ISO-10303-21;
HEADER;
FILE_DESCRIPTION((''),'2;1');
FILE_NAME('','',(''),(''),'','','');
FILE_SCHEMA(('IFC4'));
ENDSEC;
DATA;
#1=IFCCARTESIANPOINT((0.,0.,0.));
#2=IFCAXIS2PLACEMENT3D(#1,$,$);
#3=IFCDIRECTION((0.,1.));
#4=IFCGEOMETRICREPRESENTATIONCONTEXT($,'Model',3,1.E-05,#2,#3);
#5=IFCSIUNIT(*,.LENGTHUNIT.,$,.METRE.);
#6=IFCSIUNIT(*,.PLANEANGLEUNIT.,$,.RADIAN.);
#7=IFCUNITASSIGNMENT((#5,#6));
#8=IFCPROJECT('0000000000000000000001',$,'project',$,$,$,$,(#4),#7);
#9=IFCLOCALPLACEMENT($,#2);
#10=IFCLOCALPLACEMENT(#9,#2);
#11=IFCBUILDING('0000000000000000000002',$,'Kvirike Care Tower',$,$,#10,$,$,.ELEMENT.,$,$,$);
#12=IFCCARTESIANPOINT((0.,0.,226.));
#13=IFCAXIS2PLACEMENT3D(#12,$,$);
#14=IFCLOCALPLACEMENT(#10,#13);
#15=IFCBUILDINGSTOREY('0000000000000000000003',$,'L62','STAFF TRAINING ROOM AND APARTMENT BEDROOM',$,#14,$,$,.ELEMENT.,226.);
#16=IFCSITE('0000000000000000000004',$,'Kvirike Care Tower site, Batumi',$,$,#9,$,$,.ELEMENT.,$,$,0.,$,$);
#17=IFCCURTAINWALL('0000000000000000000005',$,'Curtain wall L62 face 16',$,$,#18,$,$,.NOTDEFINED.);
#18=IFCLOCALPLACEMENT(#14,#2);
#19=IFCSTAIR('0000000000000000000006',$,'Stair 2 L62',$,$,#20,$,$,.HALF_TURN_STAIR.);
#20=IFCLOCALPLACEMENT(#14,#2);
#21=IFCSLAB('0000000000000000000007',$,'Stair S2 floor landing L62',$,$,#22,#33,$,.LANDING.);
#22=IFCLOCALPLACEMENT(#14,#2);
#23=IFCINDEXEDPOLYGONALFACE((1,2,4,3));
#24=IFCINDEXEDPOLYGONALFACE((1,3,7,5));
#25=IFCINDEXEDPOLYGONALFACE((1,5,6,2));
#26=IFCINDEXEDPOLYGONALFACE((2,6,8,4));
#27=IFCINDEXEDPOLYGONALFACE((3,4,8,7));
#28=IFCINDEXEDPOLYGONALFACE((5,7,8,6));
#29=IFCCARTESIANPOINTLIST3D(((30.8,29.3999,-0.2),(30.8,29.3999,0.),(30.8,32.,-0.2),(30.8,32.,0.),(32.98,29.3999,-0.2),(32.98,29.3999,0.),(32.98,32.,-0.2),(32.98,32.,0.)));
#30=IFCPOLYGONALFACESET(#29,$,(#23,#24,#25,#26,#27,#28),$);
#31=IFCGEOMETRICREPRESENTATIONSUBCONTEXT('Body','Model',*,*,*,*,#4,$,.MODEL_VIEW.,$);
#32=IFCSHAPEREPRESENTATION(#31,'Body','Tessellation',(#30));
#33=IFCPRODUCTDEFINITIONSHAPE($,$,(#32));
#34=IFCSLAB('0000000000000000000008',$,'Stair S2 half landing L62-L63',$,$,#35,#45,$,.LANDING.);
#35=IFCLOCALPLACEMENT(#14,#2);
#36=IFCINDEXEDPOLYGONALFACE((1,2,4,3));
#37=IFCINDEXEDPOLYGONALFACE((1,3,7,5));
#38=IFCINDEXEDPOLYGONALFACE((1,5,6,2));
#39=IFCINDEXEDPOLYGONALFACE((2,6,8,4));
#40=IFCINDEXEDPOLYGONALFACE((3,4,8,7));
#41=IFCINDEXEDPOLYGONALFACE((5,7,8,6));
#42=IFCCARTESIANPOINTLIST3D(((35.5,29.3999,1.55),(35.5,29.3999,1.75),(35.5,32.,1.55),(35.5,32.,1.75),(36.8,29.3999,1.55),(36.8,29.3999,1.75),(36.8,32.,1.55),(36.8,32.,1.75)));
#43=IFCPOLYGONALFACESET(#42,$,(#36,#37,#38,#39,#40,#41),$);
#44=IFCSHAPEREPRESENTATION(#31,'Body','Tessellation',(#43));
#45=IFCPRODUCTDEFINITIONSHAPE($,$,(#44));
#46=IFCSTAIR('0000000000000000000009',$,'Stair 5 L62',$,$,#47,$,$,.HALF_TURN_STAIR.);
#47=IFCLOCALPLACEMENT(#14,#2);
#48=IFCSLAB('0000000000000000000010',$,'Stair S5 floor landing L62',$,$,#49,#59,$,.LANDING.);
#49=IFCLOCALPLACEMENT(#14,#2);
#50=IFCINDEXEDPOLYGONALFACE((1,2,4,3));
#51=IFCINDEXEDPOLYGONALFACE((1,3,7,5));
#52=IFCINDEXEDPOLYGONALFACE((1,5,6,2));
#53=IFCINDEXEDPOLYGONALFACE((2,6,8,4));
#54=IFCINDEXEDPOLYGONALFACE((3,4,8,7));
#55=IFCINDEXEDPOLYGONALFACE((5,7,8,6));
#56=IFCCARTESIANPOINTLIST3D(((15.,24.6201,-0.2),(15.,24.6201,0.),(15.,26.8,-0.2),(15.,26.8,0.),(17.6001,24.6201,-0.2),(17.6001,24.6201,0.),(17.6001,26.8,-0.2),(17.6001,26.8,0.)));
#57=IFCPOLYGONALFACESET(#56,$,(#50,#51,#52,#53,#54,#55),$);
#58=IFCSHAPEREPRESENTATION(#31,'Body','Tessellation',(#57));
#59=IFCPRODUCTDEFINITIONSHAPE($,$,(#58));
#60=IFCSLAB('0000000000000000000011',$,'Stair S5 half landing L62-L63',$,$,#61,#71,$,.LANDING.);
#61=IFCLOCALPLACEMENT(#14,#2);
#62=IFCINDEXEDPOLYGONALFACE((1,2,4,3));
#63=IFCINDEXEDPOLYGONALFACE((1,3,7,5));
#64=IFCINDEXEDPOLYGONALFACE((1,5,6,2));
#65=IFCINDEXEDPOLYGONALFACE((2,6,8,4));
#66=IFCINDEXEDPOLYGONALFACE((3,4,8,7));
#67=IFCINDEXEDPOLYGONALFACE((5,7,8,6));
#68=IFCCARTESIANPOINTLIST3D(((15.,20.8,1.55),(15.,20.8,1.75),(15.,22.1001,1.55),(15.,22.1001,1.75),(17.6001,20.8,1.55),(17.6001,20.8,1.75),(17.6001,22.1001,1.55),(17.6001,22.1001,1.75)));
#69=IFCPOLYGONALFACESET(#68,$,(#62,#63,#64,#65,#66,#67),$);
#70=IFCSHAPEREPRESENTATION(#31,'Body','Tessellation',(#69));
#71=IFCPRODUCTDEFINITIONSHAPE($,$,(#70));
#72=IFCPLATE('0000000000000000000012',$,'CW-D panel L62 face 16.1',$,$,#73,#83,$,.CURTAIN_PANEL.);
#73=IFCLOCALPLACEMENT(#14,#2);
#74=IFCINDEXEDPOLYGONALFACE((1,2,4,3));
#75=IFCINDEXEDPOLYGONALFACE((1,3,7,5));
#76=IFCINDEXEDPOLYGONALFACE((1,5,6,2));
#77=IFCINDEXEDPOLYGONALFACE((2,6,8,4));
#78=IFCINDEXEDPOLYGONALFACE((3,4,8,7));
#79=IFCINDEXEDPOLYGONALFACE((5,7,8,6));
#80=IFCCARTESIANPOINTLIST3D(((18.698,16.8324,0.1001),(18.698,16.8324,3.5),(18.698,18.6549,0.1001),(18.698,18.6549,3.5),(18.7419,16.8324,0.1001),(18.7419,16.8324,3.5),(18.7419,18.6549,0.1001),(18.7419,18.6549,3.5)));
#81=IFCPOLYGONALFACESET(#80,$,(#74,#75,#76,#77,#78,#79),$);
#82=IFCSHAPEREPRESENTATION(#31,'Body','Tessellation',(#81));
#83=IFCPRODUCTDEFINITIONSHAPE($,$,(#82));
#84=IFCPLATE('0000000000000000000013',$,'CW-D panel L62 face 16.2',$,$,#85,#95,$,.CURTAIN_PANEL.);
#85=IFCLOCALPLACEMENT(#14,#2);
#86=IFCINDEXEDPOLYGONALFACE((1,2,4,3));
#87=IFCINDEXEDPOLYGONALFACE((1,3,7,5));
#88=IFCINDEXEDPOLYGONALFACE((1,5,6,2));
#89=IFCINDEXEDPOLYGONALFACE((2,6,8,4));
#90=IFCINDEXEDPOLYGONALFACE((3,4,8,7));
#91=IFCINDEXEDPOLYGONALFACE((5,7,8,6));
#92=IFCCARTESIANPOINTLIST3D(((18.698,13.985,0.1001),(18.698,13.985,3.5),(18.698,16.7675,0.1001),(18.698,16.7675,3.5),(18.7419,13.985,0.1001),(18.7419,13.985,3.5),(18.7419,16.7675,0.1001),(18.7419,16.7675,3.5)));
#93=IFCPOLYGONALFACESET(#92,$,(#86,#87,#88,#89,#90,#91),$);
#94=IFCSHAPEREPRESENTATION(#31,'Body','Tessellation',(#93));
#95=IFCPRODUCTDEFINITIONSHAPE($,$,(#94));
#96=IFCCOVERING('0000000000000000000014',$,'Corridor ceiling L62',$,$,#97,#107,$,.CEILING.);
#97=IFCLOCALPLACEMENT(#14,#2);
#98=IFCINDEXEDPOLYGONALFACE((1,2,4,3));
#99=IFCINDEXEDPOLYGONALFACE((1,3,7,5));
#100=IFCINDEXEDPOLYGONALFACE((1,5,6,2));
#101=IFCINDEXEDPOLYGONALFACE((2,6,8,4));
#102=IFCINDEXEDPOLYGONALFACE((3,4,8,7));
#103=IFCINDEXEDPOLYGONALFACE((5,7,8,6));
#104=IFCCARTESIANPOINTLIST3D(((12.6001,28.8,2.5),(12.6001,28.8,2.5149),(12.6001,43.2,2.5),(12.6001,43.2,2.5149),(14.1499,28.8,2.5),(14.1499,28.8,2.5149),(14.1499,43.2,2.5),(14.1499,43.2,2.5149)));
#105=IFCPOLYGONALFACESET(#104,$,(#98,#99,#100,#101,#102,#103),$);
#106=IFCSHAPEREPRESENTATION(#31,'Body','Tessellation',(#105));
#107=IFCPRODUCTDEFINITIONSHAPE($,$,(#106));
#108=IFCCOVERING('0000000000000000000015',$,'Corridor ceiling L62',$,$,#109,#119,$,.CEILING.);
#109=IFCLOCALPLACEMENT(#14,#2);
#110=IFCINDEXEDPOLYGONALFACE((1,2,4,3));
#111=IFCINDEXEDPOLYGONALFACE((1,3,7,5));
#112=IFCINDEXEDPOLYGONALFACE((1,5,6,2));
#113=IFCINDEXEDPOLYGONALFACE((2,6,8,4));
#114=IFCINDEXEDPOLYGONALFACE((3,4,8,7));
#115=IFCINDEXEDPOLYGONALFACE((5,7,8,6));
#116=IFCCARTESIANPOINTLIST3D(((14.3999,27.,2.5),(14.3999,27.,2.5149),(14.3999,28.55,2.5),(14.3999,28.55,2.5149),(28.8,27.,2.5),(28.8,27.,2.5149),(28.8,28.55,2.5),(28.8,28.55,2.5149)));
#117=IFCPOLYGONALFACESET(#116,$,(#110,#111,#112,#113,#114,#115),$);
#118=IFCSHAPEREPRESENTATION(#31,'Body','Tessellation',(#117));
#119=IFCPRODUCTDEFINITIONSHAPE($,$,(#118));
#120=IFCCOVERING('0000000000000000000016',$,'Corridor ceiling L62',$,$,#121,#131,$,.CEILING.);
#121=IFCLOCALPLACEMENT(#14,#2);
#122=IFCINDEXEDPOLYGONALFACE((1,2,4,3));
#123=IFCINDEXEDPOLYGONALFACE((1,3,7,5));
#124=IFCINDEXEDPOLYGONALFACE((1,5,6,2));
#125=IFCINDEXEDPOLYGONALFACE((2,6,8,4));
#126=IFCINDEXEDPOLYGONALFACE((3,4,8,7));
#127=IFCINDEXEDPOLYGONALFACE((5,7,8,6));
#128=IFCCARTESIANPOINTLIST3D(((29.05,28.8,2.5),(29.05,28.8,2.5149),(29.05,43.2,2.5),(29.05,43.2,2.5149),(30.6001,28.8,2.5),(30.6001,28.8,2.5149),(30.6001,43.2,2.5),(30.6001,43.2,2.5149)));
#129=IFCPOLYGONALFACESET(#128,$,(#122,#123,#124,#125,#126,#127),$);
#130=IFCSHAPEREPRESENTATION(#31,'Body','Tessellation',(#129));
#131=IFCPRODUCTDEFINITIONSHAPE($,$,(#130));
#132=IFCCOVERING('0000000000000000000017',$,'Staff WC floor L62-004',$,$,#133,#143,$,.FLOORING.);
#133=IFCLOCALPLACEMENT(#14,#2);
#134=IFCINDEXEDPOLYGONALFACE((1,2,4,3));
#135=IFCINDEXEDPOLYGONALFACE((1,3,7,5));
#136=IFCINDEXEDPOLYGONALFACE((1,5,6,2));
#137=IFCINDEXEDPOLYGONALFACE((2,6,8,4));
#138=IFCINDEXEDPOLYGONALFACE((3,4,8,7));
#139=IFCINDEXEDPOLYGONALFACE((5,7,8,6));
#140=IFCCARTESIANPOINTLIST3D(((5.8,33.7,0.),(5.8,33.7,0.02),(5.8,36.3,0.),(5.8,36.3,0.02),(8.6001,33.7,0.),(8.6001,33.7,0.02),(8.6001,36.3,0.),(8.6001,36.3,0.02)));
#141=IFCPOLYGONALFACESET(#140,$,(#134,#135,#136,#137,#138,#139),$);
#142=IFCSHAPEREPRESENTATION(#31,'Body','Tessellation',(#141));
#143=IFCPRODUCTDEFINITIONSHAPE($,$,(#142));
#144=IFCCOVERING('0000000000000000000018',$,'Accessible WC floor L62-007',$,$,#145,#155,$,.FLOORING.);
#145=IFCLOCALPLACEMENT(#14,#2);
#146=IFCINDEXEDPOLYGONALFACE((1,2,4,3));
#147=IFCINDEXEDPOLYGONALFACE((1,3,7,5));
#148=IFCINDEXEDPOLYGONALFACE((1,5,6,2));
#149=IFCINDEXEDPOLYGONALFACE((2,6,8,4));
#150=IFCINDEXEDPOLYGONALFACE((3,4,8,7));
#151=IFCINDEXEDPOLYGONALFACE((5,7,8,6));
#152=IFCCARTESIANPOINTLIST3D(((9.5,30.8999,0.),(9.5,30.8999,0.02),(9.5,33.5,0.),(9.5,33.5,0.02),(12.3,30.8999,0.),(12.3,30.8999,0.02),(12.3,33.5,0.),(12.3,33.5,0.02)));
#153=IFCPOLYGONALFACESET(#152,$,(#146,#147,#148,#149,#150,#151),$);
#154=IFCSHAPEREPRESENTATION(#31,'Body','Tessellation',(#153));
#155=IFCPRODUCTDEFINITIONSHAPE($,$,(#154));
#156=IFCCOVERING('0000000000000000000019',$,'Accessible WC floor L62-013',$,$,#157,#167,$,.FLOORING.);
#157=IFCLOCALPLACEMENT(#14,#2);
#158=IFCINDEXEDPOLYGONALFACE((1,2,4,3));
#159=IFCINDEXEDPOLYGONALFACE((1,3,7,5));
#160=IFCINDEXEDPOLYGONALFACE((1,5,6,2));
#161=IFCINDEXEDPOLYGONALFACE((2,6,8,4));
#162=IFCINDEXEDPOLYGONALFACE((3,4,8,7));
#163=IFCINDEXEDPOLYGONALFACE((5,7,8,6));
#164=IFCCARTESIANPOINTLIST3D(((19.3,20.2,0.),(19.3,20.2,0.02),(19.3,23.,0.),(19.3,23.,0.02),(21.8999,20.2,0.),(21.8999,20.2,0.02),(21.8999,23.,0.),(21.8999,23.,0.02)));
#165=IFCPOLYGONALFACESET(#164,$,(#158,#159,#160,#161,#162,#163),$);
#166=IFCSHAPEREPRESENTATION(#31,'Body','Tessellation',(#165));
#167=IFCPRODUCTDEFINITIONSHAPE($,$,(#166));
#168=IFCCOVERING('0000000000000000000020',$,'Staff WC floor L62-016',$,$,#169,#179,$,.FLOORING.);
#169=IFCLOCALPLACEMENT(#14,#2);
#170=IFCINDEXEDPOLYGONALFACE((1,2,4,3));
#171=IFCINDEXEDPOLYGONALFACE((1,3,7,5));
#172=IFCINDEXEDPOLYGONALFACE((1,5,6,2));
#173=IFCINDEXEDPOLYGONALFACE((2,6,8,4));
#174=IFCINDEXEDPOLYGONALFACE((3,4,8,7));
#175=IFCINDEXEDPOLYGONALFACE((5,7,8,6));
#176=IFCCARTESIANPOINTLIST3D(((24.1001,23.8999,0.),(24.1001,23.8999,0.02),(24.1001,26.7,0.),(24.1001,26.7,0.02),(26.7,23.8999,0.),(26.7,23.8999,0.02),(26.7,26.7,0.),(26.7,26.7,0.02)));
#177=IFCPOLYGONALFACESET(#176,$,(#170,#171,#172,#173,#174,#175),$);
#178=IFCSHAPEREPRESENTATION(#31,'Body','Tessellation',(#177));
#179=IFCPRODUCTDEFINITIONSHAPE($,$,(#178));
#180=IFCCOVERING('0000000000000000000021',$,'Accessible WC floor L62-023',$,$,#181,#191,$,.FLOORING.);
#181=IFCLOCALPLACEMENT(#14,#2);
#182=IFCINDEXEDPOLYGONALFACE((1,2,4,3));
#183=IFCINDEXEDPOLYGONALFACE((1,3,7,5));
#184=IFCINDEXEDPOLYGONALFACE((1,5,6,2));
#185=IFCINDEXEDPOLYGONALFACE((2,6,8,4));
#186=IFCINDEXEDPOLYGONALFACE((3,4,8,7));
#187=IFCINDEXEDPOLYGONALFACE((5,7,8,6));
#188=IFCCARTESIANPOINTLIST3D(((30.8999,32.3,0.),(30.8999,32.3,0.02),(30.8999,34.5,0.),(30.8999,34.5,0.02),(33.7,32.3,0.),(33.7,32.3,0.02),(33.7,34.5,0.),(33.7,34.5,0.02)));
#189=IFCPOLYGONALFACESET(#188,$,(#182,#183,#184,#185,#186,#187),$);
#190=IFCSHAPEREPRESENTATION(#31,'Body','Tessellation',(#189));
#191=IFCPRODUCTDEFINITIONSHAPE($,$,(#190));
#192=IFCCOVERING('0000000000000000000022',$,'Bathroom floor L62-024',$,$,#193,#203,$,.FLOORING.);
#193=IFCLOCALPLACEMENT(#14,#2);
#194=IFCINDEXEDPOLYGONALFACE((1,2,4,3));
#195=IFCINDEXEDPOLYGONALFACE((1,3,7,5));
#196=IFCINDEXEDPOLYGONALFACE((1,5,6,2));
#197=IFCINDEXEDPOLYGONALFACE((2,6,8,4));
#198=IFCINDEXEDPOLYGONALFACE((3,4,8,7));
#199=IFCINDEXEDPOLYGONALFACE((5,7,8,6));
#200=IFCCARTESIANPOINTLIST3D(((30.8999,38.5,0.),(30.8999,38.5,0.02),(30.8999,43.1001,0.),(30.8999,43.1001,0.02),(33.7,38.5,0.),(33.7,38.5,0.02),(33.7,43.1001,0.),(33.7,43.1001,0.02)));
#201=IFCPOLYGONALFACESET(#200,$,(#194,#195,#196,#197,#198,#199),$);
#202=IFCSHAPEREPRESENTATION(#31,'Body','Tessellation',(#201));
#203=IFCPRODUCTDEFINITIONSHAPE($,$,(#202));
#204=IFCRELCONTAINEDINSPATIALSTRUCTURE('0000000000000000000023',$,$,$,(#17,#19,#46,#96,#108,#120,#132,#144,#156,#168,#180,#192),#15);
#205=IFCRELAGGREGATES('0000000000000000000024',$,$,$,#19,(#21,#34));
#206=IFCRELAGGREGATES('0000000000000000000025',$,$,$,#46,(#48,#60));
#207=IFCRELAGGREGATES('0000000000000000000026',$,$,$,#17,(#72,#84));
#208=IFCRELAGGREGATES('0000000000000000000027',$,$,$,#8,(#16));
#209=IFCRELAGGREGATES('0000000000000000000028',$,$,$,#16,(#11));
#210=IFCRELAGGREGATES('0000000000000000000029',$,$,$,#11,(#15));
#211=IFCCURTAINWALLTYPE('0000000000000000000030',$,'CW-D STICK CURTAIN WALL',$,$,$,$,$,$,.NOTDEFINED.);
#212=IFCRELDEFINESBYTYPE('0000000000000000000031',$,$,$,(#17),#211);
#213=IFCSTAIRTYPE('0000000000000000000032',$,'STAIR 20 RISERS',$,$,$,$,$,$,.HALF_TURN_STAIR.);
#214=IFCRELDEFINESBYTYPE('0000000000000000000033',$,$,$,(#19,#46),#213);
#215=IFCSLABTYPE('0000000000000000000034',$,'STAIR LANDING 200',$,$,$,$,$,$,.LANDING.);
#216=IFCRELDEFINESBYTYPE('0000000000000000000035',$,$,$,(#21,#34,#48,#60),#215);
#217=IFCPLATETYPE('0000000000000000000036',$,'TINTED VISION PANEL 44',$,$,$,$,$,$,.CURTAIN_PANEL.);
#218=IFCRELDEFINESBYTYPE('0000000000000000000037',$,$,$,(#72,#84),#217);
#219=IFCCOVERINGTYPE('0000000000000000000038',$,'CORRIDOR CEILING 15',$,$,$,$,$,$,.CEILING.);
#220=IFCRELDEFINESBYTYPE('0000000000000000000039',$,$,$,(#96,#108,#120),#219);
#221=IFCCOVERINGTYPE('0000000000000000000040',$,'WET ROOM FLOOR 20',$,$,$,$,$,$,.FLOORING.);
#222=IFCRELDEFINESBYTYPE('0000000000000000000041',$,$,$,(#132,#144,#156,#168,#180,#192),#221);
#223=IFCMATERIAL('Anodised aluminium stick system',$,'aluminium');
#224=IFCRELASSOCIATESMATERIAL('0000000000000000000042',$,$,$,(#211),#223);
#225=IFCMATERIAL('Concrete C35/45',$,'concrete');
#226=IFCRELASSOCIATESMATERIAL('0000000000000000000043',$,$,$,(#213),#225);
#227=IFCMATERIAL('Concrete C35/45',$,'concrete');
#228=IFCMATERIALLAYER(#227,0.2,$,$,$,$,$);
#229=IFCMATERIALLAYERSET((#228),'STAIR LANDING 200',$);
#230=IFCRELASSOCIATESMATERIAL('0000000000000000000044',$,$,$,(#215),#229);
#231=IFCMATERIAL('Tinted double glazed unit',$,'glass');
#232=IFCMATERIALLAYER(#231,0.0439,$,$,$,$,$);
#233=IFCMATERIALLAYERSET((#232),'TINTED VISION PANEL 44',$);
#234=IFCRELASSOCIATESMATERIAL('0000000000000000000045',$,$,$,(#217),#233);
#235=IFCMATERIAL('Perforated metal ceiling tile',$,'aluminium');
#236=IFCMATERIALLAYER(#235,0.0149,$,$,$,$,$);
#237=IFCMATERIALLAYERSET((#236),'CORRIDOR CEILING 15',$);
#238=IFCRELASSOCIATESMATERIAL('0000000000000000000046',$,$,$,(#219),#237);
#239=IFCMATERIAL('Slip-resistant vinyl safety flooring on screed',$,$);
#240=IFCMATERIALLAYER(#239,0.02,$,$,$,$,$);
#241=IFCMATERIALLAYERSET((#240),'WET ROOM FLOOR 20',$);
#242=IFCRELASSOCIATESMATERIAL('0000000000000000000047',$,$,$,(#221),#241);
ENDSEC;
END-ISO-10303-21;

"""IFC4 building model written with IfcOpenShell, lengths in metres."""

from ifc_helpers import new_model, si_unit, direction, frame, origin, origin_2d, place, context, subcontext, project, spatial, polyline, rectangle, outline, extrude, material, layer, layer_set, type_object, element, aggregate, save


model = new_model("IFC4")

# Units and contexts
model_context = context("Model", 3, precision=1e-05, world=origin(), true_north=direction((0.0, 1.0)))
body_context = subcontext(model_context, "Body", "Model", "MODEL_VIEW")
ifc_project = project(units=[si_unit("LENGTHUNIT", "METRE"), si_unit("PLANEANGLEUNIT", "RADIAN")], contexts=[model_context])

# Site, building, storey
site_placement = place(None, origin())
site = spatial("IfcSite", under=ifc_project, at=site_placement, Name="Kvirike Care Tower site, Batumi", CompositionType="ELEMENT", RefElevation=0.0)
building_placement = place(site_placement, origin())
building = spatial("IfcBuilding", under=site, at=building_placement, Name="Kvirike Care Tower", CompositionType="ELEMENT")
storey_placement = place(building_placement, frame((0.0, 0.0, 226.0)))
storey = spatial("IfcBuildingStorey", under=building, at=storey_placement, Name="L62", Description="STAFF TRAINING ROOM AND APARTMENT BEDROOM", CompositionType="ELEMENT", Elevation=226.0)

# Shared definitions
ifc_material_1 = material(Name="Anodised aluminium stick system", Category="aluminium")
curtain_wall_type = type_object("IfcCurtainWallType", Name="CW-D STICK CURTAIN WALL", PredefinedType="NOTDEFINED", material=ifc_material_1)

# Curtain wall
curtain_wall_1_placement = place(storey_placement, origin())
curtain_wall_1 = element("IfcCurtainWall", 1, at=curtain_wall_1_placement, inside=storey, type_object=curtain_wall_type, Name="Curtain wall L62 face 16", PredefinedType="NOTDEFINED")

# Stairs, slabs
ifc_material_2 = material(Name="Concrete C35/45", Category="concrete")
stair_type = type_object("IfcStairType", Name="STAIR 20 RISERS", PredefinedType="HALF_TURN_STAIR", material=ifc_material_2)
ifc_material_3 = material(Name="Concrete C35/45", Category="concrete")
ifc_layer_1 = layer(ifc_material_3, 0.2)
ifc_layer_set_1 = layer_set([ifc_layer_1], Name="STAIR LANDING 200")
slab_type_1 = type_object("IfcSlabType", Name="STAIR LANDING 200", PredefinedType="LANDING", material=ifc_layer_set_1)
stair_1_placement = place(storey_placement, origin())
stair_1 = element("IfcStair", 2, at=stair_1_placement, inside=storey, type_object=stair_type, Name="Stair 2 L62", PredefinedType="HALF_TURN_STAIR")
slab_1_placement = place(storey_placement, frame((0.0, 0.0, -0.2)))
slab_1 = element("IfcSlab", 3, at=slab_1_placement, type_object=slab_type_1, Name="Stair S2 floor landing L62", PredefinedType="LANDING", context=body_context, shape_type="SweptSolid", body=[
    extrude(outline(polyline([(32.98, 29.3999), (32.98, 32.0), (30.8, 32.0), (30.8, 29.3999), (32.98, 29.3999)])), origin(), (0.0, 0.0, 1.0), 0.2),
])
slab_2_placement = place(storey_placement, frame((0.0, 0.0, 1.55)))
slab_2 = element("IfcSlab", 4, at=slab_2_placement, type_object=slab_type_1, Name="Stair S2 half landing L62-L63", PredefinedType="LANDING", context=body_context, shape_type="SweptSolid", body=[
    extrude(outline(polyline([(36.8, 29.3999), (36.8, 32.0), (35.5, 32.0), (35.5, 29.3999), (36.8, 29.3999)])), origin(), (0.0, 0.0, 1.0), 0.2),
])
aggregate(stair_1, [slab_1, slab_2])
stair_2_placement = place(storey_placement, origin())
stair_2 = element("IfcStair", 5, at=stair_2_placement, inside=storey, type_object=stair_type, Name="Stair 5 L62", PredefinedType="HALF_TURN_STAIR")
slab_3_placement = place(storey_placement, frame((0.0, 0.0, -0.2)))
slab_3 = element("IfcSlab", 6, at=slab_3_placement, type_object=slab_type_1, Name="Stair S5 floor landing L62", PredefinedType="LANDING", context=body_context, shape_type="SweptSolid", body=[
    extrude(outline(polyline([(15.0, 24.6201), (17.6001, 24.6201), (17.6001, 26.8), (15.0, 26.8), (15.0, 24.6201)])), origin(), (0.0, 0.0, 1.0), 0.2),
])
slab_4_placement = place(storey_placement, frame((0.0, 0.0, 1.55)))
slab_4 = element("IfcSlab", 7, at=slab_4_placement, type_object=slab_type_1, Name="Stair S5 half landing L62-L63", PredefinedType="LANDING", context=body_context, shape_type="SweptSolid", body=[
    extrude(outline(polyline([(15.0, 20.8), (17.6001, 20.8), (17.6001, 22.1001), (15.0, 22.1001), (15.0, 20.8)])), origin(), (0.0, 0.0, 1.0), 0.2),
])
aggregate(stair_2, [slab_3, slab_4])

# Plates
ifc_material_4 = material(Name="Tinted double glazed unit", Category="glass")
ifc_layer_2 = layer(ifc_material_4, 0.0439)
ifc_layer_set_2 = layer_set([ifc_layer_2], Name="TINTED VISION PANEL 44")
plate_type = type_object("IfcPlateType", Name="TINTED VISION PANEL 44", PredefinedType="CURTAIN_PANEL", material=ifc_layer_set_2)
plate_1_placement = place(storey_placement, frame((18.72, 17.7437, 0.1001), z_axis=(0.0, 0.0, 1.0), x_axis=(0.0, -1.0, 0.0)))
plate_1 = element("IfcPlate", 8, at=plate_1_placement, type_object=plate_type, Name="CW-D panel L62 face 16.1", PredefinedType="CURTAIN_PANEL", context=body_context, shape_type="SweptSolid", body=[
    extrude(rectangle(XDim=1.8225, YDim=0.0439, at=origin_2d()), origin(), (0.0, 0.0, 1.0), 3.3999),
])
plate_2_placement = place(storey_placement, frame((18.72, 15.3762, 0.1001), z_axis=(0.0, 0.0, 1.0), x_axis=(0.0, -1.0, 0.0)))
plate_2 = element("IfcPlate", 9, at=plate_2_placement, type_object=plate_type, Name="CW-D panel L62 face 16.2", PredefinedType="CURTAIN_PANEL", context=body_context, shape_type="SweptSolid", body=[
    extrude(rectangle(XDim=2.7825, YDim=0.0439, at=origin_2d()), origin(), (0.0, 0.0, 1.0), 3.3999),
])
aggregate(curtain_wall_1, [plate_1, plate_2])

# Coverings
ifc_material_5 = material(Name="Perforated metal ceiling tile", Category="aluminium")
ifc_layer_3 = layer(ifc_material_5, 0.0149)
ifc_layer_set_3 = layer_set([ifc_layer_3], Name="CORRIDOR CEILING 15")
covering_type_1 = type_object("IfcCoveringType", Name="CORRIDOR CEILING 15", PredefinedType="CEILING", material=ifc_layer_set_3)
covering_1_placement = place(storey_placement, frame((0.0, 0.0, 2.5)))
element("IfcCovering", 10, at=covering_1_placement, inside=storey, type_object=covering_type_1, Name="Corridor ceiling L62", PredefinedType="CEILING", context=body_context, shape_type="SweptSolid", body=[
    extrude(outline(polyline([(12.6001, 43.2), (14.1499, 43.2), (14.1499, 28.8), (12.6001, 28.8), (12.6001, 43.2)])), origin(), (0.0, 0.0, 1.0), 0.0149),
])
covering_2_placement = place(storey_placement, frame((0.0, 0.0, 2.5)))
element("IfcCovering", 11, at=covering_2_placement, inside=storey, type_object=covering_type_1, Name="Corridor ceiling L62", PredefinedType="CEILING", context=body_context, shape_type="SweptSolid", body=[
    extrude(outline(polyline([(14.3999, 27.0), (14.3999, 28.55), (28.8, 28.55), (28.8, 27.0), (14.3999, 27.0)])), origin(), (0.0, 0.0, 1.0), 0.0149),
])
covering_3_placement = place(storey_placement, frame((0.0, 0.0, 2.5)))
element("IfcCovering", 12, at=covering_3_placement, inside=storey, type_object=covering_type_1, Name="Corridor ceiling L62", PredefinedType="CEILING", context=body_context, shape_type="SweptSolid", body=[
    extrude(outline(polyline([(30.6001, 28.8), (29.05, 28.8), (29.05, 43.2), (30.6001, 43.2), (30.6001, 28.8)])), origin(), (0.0, 0.0, 1.0), 0.0149),
])
ifc_material_6 = material(Name="Slip-resistant vinyl safety flooring on screed")
ifc_layer_4 = layer(ifc_material_6, 0.02)
ifc_layer_set_4 = layer_set([ifc_layer_4], Name="WET ROOM FLOOR 20")
covering_type_2 = type_object("IfcCoveringType", Name="WET ROOM FLOOR 20", PredefinedType="FLOORING", material=ifc_layer_set_4)
covering_4_placement = place(storey_placement, origin())
element("IfcCovering", 13, at=covering_4_placement, inside=storey, type_object=covering_type_2, Name="Staff WC floor L62-004", PredefinedType="FLOORING", context=body_context, shape_type="SweptSolid", body=[
    extrude(outline(polyline([(5.8, 36.3), (8.6001, 36.3), (8.6001, 33.7), (5.8, 33.7), (5.8, 36.3)])), origin(), (0.0, 0.0, 1.0), 0.02),
])
covering_5_placement = place(storey_placement, origin())
element("IfcCovering", 14, at=covering_5_placement, inside=storey, type_object=covering_type_2, Name="Accessible WC floor L62-007", PredefinedType="FLOORING", context=body_context, shape_type="SweptSolid", body=[
    extrude(outline(polyline([(9.5, 33.5), (12.3, 33.5), (12.3, 30.8999), (9.5, 30.8999), (9.5, 33.5)])), origin(), (0.0, 0.0, 1.0), 0.02),
])
covering_6_placement = place(storey_placement, origin())
element("IfcCovering", 15, at=covering_6_placement, inside=storey, type_object=covering_type_2, Name="Accessible WC floor L62-013", PredefinedType="FLOORING", context=body_context, shape_type="SweptSolid", body=[
    extrude(outline(polyline([(19.3, 20.2), (19.3, 23.0), (21.8999, 23.0), (21.8999, 20.2), (19.3, 20.2)])), origin(), (0.0, 0.0, 1.0), 0.02),
])
covering_7_placement = place(storey_placement, origin())
element("IfcCovering", 16, at=covering_7_placement, inside=storey, type_object=covering_type_2, Name="Staff WC floor L62-016", PredefinedType="FLOORING", context=body_context, shape_type="SweptSolid", body=[
    extrude(outline(polyline([(24.1001, 23.8999), (24.1001, 26.7), (26.7, 26.7), (26.7, 23.8999), (24.1001, 23.8999)])), origin(), (0.0, 0.0, 1.0), 0.02),
])
covering_8_placement = place(storey_placement, origin())
element("IfcCovering", 17, at=covering_8_placement, inside=storey, type_object=covering_type_2, Name="Accessible WC floor L62-023", PredefinedType="FLOORING", context=body_context, shape_type="SweptSolid", body=[
    extrude(outline(polyline([(33.7, 32.3), (30.8999, 32.3), (30.8999, 34.5), (33.7, 34.5), (33.7, 32.3)])), origin(), (0.0, 0.0, 1.0), 0.02),
])
covering_9_placement = place(storey_placement, origin())
element("IfcCovering", 18, at=covering_9_placement, inside=storey, type_object=covering_type_2, Name="Bathroom floor L62-024", PredefinedType="FLOORING", context=body_context, shape_type="SweptSolid", body=[
    extrude(outline(polyline([(33.7, 38.5), (30.8999, 38.5), (30.8999, 43.1001), (33.7, 43.1001), (33.7, 38.5)])), origin(), (0.0, 0.0, 1.0), 0.02),
])

save(model, "model.ifc")
